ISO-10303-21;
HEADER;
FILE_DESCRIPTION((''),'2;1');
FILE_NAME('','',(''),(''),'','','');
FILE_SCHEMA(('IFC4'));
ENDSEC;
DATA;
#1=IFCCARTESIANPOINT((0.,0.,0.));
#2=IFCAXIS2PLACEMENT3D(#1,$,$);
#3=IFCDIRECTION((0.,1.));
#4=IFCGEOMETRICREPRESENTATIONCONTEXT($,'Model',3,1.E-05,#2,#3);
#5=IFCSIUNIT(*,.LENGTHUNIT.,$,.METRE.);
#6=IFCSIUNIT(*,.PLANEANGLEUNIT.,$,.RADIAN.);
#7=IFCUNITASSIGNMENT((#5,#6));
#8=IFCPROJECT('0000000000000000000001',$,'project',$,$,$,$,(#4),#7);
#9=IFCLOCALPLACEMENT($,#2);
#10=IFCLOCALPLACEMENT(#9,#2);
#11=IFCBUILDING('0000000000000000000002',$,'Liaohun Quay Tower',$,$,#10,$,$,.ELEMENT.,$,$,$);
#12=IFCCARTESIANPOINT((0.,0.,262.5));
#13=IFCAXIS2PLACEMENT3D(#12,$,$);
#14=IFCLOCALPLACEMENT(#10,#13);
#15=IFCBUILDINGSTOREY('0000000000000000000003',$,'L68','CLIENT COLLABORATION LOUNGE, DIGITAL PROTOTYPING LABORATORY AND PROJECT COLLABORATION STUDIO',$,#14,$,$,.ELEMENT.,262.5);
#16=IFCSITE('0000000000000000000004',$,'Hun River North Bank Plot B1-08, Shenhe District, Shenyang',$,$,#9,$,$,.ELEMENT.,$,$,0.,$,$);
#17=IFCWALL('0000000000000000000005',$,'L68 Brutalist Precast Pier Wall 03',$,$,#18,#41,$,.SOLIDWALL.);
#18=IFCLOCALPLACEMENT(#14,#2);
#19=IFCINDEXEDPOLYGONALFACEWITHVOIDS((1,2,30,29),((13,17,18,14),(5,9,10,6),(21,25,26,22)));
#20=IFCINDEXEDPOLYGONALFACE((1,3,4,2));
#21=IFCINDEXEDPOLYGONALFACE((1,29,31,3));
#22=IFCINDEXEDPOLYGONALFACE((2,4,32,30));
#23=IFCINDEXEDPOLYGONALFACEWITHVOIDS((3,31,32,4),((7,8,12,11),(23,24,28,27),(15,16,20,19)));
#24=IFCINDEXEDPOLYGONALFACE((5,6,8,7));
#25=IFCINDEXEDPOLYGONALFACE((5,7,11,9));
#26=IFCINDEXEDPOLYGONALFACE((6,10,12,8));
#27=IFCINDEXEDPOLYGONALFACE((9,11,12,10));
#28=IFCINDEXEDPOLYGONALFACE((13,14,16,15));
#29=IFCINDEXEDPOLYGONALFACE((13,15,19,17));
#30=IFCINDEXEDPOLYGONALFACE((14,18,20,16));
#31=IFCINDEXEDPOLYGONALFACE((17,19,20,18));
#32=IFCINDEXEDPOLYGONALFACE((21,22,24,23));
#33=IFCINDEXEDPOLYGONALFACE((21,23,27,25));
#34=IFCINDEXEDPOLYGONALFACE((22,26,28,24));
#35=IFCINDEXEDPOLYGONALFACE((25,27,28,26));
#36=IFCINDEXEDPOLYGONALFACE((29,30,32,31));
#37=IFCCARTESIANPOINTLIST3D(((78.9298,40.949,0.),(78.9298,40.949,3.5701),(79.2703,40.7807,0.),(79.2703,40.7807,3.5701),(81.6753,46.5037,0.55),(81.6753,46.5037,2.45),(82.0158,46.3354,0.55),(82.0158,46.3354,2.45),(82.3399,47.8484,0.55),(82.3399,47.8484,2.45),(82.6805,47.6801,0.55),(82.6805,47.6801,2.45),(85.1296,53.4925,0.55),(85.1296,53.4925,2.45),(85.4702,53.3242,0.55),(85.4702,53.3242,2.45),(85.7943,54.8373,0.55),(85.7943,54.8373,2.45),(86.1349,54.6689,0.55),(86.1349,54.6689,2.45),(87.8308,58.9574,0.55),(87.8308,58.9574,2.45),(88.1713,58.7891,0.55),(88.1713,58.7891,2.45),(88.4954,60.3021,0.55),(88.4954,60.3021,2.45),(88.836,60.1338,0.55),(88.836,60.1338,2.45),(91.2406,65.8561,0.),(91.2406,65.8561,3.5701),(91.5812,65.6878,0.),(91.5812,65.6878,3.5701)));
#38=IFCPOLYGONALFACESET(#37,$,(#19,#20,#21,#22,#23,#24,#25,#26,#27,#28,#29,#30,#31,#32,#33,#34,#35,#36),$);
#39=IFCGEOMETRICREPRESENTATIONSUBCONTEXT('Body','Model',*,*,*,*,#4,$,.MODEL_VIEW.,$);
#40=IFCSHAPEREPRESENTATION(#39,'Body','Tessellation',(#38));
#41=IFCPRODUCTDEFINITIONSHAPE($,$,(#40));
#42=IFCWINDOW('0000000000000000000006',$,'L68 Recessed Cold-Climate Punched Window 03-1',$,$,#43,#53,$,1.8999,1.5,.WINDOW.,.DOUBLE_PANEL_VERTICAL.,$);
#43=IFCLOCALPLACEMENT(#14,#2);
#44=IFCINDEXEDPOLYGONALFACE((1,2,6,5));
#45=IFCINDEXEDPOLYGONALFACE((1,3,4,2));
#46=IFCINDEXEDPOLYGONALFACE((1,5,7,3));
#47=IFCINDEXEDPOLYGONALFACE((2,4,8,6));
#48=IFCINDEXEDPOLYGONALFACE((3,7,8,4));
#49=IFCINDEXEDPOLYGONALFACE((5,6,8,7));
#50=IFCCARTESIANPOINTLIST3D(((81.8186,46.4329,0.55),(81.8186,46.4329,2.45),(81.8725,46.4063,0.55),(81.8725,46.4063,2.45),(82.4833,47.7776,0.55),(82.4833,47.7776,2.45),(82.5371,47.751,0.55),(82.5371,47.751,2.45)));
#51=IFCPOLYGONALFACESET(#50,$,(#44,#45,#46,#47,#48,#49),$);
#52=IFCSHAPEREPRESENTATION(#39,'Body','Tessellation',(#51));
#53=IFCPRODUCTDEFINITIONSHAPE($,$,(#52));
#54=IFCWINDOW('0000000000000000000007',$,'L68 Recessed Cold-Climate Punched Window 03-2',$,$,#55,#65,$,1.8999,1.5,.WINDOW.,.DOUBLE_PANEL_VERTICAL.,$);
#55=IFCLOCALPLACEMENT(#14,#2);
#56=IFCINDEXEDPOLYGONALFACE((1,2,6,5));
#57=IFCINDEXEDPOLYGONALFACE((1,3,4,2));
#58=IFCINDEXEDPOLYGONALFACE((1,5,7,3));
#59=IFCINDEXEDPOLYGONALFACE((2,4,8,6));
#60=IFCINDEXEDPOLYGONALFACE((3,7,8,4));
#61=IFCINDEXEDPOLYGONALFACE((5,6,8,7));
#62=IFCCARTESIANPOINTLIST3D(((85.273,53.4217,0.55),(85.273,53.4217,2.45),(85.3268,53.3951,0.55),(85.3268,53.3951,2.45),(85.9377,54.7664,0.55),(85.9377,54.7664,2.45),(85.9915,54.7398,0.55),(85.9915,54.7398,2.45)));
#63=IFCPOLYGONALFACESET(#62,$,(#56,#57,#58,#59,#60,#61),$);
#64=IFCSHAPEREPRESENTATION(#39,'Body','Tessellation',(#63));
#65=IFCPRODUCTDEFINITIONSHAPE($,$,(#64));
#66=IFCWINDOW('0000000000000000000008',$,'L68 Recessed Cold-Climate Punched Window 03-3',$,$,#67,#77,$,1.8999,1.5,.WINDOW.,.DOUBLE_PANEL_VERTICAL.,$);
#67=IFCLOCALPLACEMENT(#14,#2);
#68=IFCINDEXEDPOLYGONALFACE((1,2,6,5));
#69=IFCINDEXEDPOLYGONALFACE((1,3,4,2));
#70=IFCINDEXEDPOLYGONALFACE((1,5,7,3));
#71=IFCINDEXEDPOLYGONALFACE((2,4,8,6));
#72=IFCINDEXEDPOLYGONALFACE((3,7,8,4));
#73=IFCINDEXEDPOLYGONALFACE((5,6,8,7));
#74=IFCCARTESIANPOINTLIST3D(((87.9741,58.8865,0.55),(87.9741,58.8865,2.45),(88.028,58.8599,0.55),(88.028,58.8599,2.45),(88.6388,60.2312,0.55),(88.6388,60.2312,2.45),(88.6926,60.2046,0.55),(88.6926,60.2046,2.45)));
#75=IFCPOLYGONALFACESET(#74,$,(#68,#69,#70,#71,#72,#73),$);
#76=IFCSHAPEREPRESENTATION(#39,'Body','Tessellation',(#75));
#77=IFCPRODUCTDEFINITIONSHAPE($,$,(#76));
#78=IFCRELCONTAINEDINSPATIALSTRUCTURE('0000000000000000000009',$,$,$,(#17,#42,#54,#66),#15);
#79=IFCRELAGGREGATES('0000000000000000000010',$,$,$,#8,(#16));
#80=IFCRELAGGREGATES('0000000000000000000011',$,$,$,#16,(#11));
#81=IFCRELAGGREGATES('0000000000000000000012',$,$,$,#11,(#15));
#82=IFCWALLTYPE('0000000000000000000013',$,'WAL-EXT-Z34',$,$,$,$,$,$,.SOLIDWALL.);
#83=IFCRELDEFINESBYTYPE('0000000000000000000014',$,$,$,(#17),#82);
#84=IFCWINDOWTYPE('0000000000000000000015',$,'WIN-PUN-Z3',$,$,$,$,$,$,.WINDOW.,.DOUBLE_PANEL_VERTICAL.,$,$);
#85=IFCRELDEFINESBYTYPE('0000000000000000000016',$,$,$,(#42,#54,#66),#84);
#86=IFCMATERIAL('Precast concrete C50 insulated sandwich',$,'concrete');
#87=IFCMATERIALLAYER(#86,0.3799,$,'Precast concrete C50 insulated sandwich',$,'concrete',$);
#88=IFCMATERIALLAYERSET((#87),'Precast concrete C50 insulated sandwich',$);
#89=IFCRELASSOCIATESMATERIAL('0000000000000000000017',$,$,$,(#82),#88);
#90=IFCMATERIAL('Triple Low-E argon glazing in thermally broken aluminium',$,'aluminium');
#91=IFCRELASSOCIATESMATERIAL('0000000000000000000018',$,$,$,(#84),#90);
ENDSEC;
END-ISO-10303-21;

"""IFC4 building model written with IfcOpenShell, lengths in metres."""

from ifc_helpers import new_model, si_unit, direction, frame, frame_2d, origin, place, context, subcontext, project, spatial, rectangle, extrude, source, transform, mapped, material, layer, layer_set, type_object, element, fill, save


model = new_model("IFC4")

# Units and contexts
model_context = context("Model", 3, precision=1e-05, world=origin(), true_north=direction((0.0, 1.0)))
body_context = subcontext(model_context, "Body", "Model", "MODEL_VIEW")
ifc_project = project(units=[si_unit("LENGTHUNIT", "METRE"), si_unit("PLANEANGLEUNIT", "RADIAN")], contexts=[model_context])

# Site, building, storey
site_placement = place(None, origin())
site = spatial("IfcSite", under=ifc_project, at=site_placement, Name="Hun River North Bank Plot B1-08, Shenhe District, Shenyang", CompositionType="ELEMENT", RefElevation=0.0)
building_placement = place(site_placement, origin())
building = spatial("IfcBuilding", under=site, at=building_placement, Name="Liaohun Quay Tower", CompositionType="ELEMENT")
storey_placement = place(building_placement, frame((0.0, 0.0, 262.5)))
storey = spatial("IfcBuildingStorey", under=building, at=storey_placement, Name="L68", Description="CLIENT COLLABORATION LOUNGE, DIGITAL PROTOTYPING LABORATORY AND PROJECT COLLABORATION STUDIO", CompositionType="ELEMENT", Elevation=262.5)

# Shared definitions
ifc_material_1 = material(Name="Precast concrete C50 insulated sandwich", Category="concrete")
ifc_layer_1 = layer(ifc_material_1, 0.3799, Name="Precast concrete C50 insulated sandwich", Category="concrete")
ifc_layer_set_1 = layer_set([ifc_layer_1], Name="Precast concrete C50 insulated sandwich")
wall_type_1 = type_object("IfcWallType", Name="WAL-EXT-Z34", PredefinedType="SOLIDWALL", material=ifc_layer_set_1)

# Wall, openings, windows
shared_shape_1 = source(origin(), body_context, "Body", "SweptSolid", [
    extrude(rectangle(XDim=1.5, YDim=1.8999, at=frame_2d((0.75, 0.95))), frame((0.0, 0.2, 0.0), z_axis=(0.0, -1.0, 0.0), x_axis=(1.0, 0.0, 0.0)), (0.0, 0.0, 1.0), 0.3999),
])
ifc_material_2 = material(Name="Triple Low-E argon glazing in thermally broken aluminium", Category="aluminium")
window_type_1 = type_object("IfcWindowType", Name="WIN-PUN-Z3", PartitioningType="DOUBLE_PANEL_VERTICAL", PredefinedType="WINDOW", material=ifc_material_2)
shared_shape_2 = source(origin(), body_context, "Body", "SweptSolid", [
    extrude(rectangle(XDim=1.5, YDim=1.8999, at=frame_2d((0.75, 0.95))), frame((0.0, 0.03, 0.0), z_axis=(0.0, -1.0, 0.0), x_axis=(1.0, 0.0, 0.0)), (0.0, 0.0, 1.0), 0.0601),
])
wall_1_placement = place(storey_placement, frame((79.1001, 40.865, 0.0), z_axis=(0.0, 0.0, 1.0), x_axis=(0.4431, 0.896472, 0.0)))
wall_1 = element("IfcWall", 1, at=wall_1_placement, inside=storey, type_object=wall_type_1, Name="L68 Brutalist Precast Pier Wall 03", PredefinedType="SOLIDWALL", context=body_context, shape_type="SweptSolid", body=[
    extrude(rectangle(XDim=27.7834, YDim=0.3799, at=frame_2d((13.8916, 0.0))), origin(), (0.0, 0.0, 1.0), 3.5701),
])
opening_1_placement = place(wall_1_placement, frame((6.196, 0.0, 0.55)))
opening_1 = element("IfcOpeningElement", 2, at=opening_1_placement, cuts=wall_1, PredefinedType="OPENING", context=body_context, shape_type="MappedRepresentation", body=[
    mapped(shared_shape_1, transform((0.0, 0.0, 0.0), x_axis=(1.0, 0.0, 0.0), y_axis=(0.0, 1.0, 0.0), z_axis=(0.0, 0.0, 1.0), scale=1.0)),
])
opening_2_placement = place(wall_1_placement, frame((13.9919, 0.0, 0.55)))
opening_2 = element("IfcOpeningElement", 3, at=opening_2_placement, cuts=wall_1, PredefinedType="OPENING", context=body_context, shape_type="MappedRepresentation", body=[
    mapped(shared_shape_1, transform((0.0, 0.0, 0.0), x_axis=(1.0, 0.0, 0.0), y_axis=(0.0, 1.0, 0.0), z_axis=(0.0, 0.0, 1.0), scale=1.0)),
])
opening_3_placement = place(wall_1_placement, frame((20.0879, 0.0, 0.55)))
opening_3 = element("IfcOpeningElement", 4, at=opening_3_placement, cuts=wall_1, PredefinedType="OPENING", context=body_context, shape_type="MappedRepresentation", body=[
    mapped(shared_shape_1, transform((0.0, 0.0, 0.0), x_axis=(1.0, 0.0, 0.0), y_axis=(0.0, 1.0, 0.0), z_axis=(0.0, 0.0, 1.0), scale=1.0)),
])
window_1_placement = place(opening_1_placement, origin())
window_1 = element("IfcWindow", 5, at=window_1_placement, inside=storey, type_object=window_type_1, Name="L68 Recessed Cold-Climate Punched Window 03-1", OverallHeight=1.8999, OverallWidth=1.5, PartitioningType="DOUBLE_PANEL_VERTICAL", PredefinedType="WINDOW", context=body_context, shape_type="MappedRepresentation", body=[
    mapped(shared_shape_2, transform((0.0, 0.0, 0.0), x_axis=(1.0, 0.0, 0.0), y_axis=(0.0, 1.0, 0.0), z_axis=(0.0, 0.0, 1.0), scale=1.0)),
])
fill(opening_1, window_1)
window_2_placement = place(opening_2_placement, origin())
window_2 = element("IfcWindow", 6, at=window_2_placement, inside=storey, type_object=window_type_1, Name="L68 Recessed Cold-Climate Punched Window 03-2", OverallHeight=1.8999, OverallWidth=1.5, PartitioningType="DOUBLE_PANEL_VERTICAL", PredefinedType="WINDOW", context=body_context, shape_type="MappedRepresentation", body=[
    mapped(shared_shape_2, transform((0.0, 0.0, 0.0), x_axis=(1.0, 0.0, 0.0), y_axis=(0.0, 1.0, 0.0), z_axis=(0.0, 0.0, 1.0), scale=1.0)),
])
fill(opening_2, window_2)
window_3_placement = place(opening_3_placement, origin())
window_3 = element("IfcWindow", 7, at=window_3_placement, inside=storey, type_object=window_type_1, Name="L68 Recessed Cold-Climate Punched Window 03-3", OverallHeight=1.8999, OverallWidth=1.5, PartitioningType="DOUBLE_PANEL_VERTICAL", PredefinedType="WINDOW", context=body_context, shape_type="MappedRepresentation", body=[
    mapped(shared_shape_2, transform((0.0, 0.0, 0.0), x_axis=(1.0, 0.0, 0.0), y_axis=(0.0, 1.0, 0.0), z_axis=(0.0, 0.0, 1.0), scale=1.0)),
])
fill(opening_3, window_3)

save(model, "model.ifc")
